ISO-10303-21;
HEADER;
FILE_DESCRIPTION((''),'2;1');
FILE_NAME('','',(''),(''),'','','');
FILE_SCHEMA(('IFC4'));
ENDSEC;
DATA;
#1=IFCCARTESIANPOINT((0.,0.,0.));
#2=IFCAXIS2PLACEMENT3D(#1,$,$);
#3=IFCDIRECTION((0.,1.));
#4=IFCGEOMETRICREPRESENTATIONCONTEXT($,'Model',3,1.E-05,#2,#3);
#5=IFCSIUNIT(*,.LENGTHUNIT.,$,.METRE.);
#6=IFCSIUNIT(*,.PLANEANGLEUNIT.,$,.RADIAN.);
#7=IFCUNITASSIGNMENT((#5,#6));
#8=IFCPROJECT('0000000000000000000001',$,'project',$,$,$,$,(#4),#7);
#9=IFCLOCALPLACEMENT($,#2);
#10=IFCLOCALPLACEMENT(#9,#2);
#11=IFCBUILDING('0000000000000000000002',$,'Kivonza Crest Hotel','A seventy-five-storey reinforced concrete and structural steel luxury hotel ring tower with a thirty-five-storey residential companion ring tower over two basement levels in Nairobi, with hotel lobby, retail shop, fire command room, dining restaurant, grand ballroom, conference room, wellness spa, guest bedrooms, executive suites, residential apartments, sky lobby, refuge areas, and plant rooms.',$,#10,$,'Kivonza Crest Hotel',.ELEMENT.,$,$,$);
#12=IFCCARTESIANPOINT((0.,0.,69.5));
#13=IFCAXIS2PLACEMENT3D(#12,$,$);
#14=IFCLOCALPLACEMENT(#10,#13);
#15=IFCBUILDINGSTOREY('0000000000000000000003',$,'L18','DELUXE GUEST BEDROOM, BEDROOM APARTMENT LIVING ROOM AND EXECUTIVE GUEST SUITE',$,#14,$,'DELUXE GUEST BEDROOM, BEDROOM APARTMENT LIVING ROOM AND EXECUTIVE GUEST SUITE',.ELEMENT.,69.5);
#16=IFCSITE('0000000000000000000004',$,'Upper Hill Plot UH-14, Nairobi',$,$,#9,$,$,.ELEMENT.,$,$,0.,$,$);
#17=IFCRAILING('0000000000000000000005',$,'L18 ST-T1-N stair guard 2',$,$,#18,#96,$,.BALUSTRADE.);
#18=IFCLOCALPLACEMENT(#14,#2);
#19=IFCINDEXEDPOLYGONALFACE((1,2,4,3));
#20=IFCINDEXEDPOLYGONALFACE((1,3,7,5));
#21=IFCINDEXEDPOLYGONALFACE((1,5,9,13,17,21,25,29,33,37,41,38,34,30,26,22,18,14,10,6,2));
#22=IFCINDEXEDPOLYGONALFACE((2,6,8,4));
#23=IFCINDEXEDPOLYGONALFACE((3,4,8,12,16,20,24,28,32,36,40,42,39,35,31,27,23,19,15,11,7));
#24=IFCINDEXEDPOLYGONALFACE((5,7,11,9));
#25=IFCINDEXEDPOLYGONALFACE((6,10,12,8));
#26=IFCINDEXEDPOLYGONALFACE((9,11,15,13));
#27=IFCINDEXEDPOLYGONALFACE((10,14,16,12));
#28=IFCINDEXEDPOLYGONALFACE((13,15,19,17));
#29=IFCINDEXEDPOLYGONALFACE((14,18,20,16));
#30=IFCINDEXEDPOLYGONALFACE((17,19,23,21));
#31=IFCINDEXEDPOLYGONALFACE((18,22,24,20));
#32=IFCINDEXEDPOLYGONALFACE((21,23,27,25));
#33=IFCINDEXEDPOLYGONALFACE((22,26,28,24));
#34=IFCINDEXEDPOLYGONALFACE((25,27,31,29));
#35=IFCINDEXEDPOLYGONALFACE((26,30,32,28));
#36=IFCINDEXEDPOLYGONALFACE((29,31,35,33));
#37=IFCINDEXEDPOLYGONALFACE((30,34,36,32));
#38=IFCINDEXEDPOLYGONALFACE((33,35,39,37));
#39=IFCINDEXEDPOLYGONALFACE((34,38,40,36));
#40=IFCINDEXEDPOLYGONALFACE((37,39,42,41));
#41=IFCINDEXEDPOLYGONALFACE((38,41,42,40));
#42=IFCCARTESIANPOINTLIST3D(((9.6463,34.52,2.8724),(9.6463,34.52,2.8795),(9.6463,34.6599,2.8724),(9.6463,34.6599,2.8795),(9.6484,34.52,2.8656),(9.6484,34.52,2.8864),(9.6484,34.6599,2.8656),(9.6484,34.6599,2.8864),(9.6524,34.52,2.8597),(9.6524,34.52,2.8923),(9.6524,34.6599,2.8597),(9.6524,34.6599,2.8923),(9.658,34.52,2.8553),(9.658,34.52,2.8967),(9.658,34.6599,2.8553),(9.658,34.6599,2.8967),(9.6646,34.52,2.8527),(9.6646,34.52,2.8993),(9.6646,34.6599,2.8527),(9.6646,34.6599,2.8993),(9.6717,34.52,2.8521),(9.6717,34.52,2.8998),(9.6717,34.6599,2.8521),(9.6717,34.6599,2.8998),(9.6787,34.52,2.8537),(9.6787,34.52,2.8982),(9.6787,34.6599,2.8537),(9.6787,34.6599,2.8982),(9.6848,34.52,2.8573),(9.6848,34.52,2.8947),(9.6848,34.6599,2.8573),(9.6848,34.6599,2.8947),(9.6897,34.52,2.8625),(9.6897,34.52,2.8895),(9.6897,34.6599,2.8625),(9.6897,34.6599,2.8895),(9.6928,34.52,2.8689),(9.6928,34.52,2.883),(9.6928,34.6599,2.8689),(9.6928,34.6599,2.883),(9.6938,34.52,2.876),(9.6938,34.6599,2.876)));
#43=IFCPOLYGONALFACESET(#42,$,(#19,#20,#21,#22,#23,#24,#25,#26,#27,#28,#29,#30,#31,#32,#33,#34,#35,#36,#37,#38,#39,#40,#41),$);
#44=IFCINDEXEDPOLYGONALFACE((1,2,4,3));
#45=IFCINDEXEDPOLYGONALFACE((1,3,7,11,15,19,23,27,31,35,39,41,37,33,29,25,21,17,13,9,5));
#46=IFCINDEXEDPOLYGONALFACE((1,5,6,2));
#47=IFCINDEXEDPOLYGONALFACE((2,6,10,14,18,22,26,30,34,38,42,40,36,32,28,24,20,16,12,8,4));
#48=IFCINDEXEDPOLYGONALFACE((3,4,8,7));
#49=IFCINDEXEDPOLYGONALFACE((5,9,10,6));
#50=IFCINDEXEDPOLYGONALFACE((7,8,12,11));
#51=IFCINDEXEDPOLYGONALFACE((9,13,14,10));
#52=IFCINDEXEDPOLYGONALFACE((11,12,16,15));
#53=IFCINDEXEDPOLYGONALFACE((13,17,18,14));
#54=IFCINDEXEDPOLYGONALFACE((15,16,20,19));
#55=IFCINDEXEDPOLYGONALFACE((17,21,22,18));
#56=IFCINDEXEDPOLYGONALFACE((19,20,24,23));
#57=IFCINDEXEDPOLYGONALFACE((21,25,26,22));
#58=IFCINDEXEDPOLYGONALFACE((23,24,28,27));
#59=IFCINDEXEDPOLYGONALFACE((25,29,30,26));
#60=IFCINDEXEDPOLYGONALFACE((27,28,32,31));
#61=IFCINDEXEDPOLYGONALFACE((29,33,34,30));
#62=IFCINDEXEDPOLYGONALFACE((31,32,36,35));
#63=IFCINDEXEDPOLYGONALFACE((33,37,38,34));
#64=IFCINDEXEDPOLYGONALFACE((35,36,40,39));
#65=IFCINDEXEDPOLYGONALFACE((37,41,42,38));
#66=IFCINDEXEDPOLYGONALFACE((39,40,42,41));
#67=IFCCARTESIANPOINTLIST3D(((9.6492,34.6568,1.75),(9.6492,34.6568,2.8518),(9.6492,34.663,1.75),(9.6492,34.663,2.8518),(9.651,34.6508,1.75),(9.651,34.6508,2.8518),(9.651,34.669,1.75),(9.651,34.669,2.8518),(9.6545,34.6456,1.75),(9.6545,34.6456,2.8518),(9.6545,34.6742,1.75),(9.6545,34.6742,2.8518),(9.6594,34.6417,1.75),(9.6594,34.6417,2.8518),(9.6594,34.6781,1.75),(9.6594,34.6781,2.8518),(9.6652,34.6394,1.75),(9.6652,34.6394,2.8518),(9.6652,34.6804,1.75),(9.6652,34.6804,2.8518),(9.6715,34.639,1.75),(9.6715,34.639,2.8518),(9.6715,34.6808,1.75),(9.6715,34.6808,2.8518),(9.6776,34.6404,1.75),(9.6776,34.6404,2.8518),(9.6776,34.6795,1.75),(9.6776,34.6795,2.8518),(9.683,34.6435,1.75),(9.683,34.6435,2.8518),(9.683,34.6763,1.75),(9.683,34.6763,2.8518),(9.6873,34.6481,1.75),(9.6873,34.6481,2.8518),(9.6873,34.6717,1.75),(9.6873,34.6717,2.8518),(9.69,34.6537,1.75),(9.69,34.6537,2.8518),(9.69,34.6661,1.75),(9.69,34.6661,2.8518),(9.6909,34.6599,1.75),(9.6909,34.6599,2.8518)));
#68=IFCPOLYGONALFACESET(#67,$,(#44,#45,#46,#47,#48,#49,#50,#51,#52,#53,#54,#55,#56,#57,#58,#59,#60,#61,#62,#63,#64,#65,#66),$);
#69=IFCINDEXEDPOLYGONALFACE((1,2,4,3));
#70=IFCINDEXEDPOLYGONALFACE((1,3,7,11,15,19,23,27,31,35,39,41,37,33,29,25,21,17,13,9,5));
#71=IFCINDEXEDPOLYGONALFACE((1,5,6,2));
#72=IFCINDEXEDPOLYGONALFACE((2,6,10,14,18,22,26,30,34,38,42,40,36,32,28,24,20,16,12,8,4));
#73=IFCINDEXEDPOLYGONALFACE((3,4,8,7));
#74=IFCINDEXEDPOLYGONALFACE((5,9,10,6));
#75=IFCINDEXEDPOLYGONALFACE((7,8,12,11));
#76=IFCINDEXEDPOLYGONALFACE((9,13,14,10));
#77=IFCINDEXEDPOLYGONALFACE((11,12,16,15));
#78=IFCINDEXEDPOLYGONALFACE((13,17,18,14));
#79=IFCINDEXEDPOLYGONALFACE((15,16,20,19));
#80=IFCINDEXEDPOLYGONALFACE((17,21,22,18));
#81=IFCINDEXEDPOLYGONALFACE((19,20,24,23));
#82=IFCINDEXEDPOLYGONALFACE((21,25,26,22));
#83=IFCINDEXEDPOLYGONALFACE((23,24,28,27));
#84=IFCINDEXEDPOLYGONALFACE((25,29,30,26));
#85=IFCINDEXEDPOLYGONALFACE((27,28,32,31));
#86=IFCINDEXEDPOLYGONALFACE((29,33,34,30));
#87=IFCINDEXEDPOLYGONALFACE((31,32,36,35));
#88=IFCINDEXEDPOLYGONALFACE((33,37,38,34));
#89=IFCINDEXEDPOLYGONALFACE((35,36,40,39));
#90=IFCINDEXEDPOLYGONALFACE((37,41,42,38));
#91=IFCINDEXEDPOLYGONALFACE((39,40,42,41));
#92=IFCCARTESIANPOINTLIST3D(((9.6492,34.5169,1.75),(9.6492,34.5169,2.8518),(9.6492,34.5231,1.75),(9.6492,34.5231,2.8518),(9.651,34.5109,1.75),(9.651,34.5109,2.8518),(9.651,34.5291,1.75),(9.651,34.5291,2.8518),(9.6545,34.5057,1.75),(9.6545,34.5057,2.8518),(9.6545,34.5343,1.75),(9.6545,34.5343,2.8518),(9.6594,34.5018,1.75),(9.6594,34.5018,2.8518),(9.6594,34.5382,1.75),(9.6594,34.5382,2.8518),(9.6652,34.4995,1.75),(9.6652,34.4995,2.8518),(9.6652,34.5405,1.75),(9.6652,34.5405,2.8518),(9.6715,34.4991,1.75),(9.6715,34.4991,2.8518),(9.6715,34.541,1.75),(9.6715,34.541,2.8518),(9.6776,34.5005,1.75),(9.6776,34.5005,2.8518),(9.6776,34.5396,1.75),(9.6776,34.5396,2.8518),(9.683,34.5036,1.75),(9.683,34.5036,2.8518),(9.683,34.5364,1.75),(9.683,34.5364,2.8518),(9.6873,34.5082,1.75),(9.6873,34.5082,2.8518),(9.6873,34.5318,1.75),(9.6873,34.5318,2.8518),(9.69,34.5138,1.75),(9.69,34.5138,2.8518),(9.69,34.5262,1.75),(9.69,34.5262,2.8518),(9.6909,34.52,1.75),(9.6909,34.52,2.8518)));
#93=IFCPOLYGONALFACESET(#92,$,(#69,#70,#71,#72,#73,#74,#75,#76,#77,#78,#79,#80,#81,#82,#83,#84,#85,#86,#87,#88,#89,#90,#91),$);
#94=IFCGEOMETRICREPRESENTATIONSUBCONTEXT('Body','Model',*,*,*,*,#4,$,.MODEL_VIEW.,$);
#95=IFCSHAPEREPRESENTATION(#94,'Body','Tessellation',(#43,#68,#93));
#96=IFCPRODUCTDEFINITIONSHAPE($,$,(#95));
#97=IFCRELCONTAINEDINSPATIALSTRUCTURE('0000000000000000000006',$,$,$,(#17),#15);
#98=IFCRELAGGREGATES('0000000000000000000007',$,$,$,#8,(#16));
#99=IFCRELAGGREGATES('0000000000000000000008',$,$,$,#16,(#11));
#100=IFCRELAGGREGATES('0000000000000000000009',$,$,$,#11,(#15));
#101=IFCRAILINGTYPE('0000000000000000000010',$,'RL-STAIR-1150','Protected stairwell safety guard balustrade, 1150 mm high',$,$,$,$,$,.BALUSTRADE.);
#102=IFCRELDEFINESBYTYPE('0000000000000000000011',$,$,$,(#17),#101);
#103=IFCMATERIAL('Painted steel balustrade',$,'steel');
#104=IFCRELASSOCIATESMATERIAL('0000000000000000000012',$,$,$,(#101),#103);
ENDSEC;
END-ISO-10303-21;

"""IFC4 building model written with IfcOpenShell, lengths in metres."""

from ifc_helpers import new_model, si_unit, direction, frame, origin, origin_2d, place, context, subcontext, project, spatial, circle, extrude, material, type_object, element, save


model = new_model("IFC4")

# Units and contexts
model_context = context("Model", 3, precision=1e-05, world=origin(), true_north=direction((0.0, 1.0)))
body_context = subcontext(model_context, "Body", "Model", "MODEL_VIEW")
ifc_project = project(units=[si_unit("LENGTHUNIT", "METRE"), si_unit("PLANEANGLEUNIT", "RADIAN")], contexts=[model_context])

# Site, building, storey
site_placement = place(None, origin())
site = spatial("IfcSite", under=ifc_project, at=site_placement, Name="Upper Hill Plot UH-14, Nairobi", CompositionType="ELEMENT", RefElevation=0.0)
building_placement = place(site_placement, origin())
building = spatial("IfcBuilding", under=site, at=building_placement, Name="Kivonza Crest Hotel", Description="A seventy-five-storey reinforced concrete and structural steel luxury hotel ring tower with a thirty-five-storey residential companion ring tower over two basement levels in Nairobi, with hotel lobby, retail shop, fire command room, dining restaurant, grand ballroom, conference room, wellness spa, guest bedrooms, executive suites, residential apartments, sky lobby, refuge areas, and plant rooms.", LongName="Kivonza Crest Hotel", CompositionType="ELEMENT")
storey_placement = place(building_placement, frame((0.0, 0.0, 69.5)))
storey = spatial("IfcBuildingStorey", under=building, at=storey_placement, Name="L18", Description="DELUXE GUEST BEDROOM, BEDROOM APARTMENT LIVING ROOM AND EXECUTIVE GUEST SUITE", LongName="DELUXE GUEST BEDROOM, BEDROOM APARTMENT LIVING ROOM AND EXECUTIVE GUEST SUITE", CompositionType="ELEMENT", Elevation=69.5)

# Railing
ifc_material_1 = material(Name="Painted steel balustrade", Category="steel")
railing_type_1 = type_object("IfcRailingType", Name="RL-STAIR-1150", Description="Protected stairwell safety guard balustrade, 1150 mm high", PredefinedType="BALUSTRADE", material=ifc_material_1)
railing_1_placement = place(storey_placement, frame((9.6699, 34.6599, 1.75)))
element("IfcRailing", 1, at=railing_1_placement, inside=storey, type_object=railing_type_1, Name="L18 ST-T1-N stair guard 2", PredefinedType="BALUSTRADE", context=body_context, shape_type="SweptSolid", body=[
    extrude(circle(Radius=0.0239, at=origin_2d()), frame((0.0, 0.0, 1.126), z_axis=(0.0, -1.0, 0.0), x_axis=(1.0, 0.0, 0.0)), (0.0, 0.0, 1.0), 0.1399),
    extrude(circle(Radius=0.021, at=origin_2d()), origin(), (0.0, 0.0, 1.0), 1.1018),
    extrude(circle(Radius=0.021, at=origin_2d()), frame((0.0, -0.1399, 0.0)), (0.0, 0.0, 1.0), 1.1018),
])

save(model, "model.ifc")
